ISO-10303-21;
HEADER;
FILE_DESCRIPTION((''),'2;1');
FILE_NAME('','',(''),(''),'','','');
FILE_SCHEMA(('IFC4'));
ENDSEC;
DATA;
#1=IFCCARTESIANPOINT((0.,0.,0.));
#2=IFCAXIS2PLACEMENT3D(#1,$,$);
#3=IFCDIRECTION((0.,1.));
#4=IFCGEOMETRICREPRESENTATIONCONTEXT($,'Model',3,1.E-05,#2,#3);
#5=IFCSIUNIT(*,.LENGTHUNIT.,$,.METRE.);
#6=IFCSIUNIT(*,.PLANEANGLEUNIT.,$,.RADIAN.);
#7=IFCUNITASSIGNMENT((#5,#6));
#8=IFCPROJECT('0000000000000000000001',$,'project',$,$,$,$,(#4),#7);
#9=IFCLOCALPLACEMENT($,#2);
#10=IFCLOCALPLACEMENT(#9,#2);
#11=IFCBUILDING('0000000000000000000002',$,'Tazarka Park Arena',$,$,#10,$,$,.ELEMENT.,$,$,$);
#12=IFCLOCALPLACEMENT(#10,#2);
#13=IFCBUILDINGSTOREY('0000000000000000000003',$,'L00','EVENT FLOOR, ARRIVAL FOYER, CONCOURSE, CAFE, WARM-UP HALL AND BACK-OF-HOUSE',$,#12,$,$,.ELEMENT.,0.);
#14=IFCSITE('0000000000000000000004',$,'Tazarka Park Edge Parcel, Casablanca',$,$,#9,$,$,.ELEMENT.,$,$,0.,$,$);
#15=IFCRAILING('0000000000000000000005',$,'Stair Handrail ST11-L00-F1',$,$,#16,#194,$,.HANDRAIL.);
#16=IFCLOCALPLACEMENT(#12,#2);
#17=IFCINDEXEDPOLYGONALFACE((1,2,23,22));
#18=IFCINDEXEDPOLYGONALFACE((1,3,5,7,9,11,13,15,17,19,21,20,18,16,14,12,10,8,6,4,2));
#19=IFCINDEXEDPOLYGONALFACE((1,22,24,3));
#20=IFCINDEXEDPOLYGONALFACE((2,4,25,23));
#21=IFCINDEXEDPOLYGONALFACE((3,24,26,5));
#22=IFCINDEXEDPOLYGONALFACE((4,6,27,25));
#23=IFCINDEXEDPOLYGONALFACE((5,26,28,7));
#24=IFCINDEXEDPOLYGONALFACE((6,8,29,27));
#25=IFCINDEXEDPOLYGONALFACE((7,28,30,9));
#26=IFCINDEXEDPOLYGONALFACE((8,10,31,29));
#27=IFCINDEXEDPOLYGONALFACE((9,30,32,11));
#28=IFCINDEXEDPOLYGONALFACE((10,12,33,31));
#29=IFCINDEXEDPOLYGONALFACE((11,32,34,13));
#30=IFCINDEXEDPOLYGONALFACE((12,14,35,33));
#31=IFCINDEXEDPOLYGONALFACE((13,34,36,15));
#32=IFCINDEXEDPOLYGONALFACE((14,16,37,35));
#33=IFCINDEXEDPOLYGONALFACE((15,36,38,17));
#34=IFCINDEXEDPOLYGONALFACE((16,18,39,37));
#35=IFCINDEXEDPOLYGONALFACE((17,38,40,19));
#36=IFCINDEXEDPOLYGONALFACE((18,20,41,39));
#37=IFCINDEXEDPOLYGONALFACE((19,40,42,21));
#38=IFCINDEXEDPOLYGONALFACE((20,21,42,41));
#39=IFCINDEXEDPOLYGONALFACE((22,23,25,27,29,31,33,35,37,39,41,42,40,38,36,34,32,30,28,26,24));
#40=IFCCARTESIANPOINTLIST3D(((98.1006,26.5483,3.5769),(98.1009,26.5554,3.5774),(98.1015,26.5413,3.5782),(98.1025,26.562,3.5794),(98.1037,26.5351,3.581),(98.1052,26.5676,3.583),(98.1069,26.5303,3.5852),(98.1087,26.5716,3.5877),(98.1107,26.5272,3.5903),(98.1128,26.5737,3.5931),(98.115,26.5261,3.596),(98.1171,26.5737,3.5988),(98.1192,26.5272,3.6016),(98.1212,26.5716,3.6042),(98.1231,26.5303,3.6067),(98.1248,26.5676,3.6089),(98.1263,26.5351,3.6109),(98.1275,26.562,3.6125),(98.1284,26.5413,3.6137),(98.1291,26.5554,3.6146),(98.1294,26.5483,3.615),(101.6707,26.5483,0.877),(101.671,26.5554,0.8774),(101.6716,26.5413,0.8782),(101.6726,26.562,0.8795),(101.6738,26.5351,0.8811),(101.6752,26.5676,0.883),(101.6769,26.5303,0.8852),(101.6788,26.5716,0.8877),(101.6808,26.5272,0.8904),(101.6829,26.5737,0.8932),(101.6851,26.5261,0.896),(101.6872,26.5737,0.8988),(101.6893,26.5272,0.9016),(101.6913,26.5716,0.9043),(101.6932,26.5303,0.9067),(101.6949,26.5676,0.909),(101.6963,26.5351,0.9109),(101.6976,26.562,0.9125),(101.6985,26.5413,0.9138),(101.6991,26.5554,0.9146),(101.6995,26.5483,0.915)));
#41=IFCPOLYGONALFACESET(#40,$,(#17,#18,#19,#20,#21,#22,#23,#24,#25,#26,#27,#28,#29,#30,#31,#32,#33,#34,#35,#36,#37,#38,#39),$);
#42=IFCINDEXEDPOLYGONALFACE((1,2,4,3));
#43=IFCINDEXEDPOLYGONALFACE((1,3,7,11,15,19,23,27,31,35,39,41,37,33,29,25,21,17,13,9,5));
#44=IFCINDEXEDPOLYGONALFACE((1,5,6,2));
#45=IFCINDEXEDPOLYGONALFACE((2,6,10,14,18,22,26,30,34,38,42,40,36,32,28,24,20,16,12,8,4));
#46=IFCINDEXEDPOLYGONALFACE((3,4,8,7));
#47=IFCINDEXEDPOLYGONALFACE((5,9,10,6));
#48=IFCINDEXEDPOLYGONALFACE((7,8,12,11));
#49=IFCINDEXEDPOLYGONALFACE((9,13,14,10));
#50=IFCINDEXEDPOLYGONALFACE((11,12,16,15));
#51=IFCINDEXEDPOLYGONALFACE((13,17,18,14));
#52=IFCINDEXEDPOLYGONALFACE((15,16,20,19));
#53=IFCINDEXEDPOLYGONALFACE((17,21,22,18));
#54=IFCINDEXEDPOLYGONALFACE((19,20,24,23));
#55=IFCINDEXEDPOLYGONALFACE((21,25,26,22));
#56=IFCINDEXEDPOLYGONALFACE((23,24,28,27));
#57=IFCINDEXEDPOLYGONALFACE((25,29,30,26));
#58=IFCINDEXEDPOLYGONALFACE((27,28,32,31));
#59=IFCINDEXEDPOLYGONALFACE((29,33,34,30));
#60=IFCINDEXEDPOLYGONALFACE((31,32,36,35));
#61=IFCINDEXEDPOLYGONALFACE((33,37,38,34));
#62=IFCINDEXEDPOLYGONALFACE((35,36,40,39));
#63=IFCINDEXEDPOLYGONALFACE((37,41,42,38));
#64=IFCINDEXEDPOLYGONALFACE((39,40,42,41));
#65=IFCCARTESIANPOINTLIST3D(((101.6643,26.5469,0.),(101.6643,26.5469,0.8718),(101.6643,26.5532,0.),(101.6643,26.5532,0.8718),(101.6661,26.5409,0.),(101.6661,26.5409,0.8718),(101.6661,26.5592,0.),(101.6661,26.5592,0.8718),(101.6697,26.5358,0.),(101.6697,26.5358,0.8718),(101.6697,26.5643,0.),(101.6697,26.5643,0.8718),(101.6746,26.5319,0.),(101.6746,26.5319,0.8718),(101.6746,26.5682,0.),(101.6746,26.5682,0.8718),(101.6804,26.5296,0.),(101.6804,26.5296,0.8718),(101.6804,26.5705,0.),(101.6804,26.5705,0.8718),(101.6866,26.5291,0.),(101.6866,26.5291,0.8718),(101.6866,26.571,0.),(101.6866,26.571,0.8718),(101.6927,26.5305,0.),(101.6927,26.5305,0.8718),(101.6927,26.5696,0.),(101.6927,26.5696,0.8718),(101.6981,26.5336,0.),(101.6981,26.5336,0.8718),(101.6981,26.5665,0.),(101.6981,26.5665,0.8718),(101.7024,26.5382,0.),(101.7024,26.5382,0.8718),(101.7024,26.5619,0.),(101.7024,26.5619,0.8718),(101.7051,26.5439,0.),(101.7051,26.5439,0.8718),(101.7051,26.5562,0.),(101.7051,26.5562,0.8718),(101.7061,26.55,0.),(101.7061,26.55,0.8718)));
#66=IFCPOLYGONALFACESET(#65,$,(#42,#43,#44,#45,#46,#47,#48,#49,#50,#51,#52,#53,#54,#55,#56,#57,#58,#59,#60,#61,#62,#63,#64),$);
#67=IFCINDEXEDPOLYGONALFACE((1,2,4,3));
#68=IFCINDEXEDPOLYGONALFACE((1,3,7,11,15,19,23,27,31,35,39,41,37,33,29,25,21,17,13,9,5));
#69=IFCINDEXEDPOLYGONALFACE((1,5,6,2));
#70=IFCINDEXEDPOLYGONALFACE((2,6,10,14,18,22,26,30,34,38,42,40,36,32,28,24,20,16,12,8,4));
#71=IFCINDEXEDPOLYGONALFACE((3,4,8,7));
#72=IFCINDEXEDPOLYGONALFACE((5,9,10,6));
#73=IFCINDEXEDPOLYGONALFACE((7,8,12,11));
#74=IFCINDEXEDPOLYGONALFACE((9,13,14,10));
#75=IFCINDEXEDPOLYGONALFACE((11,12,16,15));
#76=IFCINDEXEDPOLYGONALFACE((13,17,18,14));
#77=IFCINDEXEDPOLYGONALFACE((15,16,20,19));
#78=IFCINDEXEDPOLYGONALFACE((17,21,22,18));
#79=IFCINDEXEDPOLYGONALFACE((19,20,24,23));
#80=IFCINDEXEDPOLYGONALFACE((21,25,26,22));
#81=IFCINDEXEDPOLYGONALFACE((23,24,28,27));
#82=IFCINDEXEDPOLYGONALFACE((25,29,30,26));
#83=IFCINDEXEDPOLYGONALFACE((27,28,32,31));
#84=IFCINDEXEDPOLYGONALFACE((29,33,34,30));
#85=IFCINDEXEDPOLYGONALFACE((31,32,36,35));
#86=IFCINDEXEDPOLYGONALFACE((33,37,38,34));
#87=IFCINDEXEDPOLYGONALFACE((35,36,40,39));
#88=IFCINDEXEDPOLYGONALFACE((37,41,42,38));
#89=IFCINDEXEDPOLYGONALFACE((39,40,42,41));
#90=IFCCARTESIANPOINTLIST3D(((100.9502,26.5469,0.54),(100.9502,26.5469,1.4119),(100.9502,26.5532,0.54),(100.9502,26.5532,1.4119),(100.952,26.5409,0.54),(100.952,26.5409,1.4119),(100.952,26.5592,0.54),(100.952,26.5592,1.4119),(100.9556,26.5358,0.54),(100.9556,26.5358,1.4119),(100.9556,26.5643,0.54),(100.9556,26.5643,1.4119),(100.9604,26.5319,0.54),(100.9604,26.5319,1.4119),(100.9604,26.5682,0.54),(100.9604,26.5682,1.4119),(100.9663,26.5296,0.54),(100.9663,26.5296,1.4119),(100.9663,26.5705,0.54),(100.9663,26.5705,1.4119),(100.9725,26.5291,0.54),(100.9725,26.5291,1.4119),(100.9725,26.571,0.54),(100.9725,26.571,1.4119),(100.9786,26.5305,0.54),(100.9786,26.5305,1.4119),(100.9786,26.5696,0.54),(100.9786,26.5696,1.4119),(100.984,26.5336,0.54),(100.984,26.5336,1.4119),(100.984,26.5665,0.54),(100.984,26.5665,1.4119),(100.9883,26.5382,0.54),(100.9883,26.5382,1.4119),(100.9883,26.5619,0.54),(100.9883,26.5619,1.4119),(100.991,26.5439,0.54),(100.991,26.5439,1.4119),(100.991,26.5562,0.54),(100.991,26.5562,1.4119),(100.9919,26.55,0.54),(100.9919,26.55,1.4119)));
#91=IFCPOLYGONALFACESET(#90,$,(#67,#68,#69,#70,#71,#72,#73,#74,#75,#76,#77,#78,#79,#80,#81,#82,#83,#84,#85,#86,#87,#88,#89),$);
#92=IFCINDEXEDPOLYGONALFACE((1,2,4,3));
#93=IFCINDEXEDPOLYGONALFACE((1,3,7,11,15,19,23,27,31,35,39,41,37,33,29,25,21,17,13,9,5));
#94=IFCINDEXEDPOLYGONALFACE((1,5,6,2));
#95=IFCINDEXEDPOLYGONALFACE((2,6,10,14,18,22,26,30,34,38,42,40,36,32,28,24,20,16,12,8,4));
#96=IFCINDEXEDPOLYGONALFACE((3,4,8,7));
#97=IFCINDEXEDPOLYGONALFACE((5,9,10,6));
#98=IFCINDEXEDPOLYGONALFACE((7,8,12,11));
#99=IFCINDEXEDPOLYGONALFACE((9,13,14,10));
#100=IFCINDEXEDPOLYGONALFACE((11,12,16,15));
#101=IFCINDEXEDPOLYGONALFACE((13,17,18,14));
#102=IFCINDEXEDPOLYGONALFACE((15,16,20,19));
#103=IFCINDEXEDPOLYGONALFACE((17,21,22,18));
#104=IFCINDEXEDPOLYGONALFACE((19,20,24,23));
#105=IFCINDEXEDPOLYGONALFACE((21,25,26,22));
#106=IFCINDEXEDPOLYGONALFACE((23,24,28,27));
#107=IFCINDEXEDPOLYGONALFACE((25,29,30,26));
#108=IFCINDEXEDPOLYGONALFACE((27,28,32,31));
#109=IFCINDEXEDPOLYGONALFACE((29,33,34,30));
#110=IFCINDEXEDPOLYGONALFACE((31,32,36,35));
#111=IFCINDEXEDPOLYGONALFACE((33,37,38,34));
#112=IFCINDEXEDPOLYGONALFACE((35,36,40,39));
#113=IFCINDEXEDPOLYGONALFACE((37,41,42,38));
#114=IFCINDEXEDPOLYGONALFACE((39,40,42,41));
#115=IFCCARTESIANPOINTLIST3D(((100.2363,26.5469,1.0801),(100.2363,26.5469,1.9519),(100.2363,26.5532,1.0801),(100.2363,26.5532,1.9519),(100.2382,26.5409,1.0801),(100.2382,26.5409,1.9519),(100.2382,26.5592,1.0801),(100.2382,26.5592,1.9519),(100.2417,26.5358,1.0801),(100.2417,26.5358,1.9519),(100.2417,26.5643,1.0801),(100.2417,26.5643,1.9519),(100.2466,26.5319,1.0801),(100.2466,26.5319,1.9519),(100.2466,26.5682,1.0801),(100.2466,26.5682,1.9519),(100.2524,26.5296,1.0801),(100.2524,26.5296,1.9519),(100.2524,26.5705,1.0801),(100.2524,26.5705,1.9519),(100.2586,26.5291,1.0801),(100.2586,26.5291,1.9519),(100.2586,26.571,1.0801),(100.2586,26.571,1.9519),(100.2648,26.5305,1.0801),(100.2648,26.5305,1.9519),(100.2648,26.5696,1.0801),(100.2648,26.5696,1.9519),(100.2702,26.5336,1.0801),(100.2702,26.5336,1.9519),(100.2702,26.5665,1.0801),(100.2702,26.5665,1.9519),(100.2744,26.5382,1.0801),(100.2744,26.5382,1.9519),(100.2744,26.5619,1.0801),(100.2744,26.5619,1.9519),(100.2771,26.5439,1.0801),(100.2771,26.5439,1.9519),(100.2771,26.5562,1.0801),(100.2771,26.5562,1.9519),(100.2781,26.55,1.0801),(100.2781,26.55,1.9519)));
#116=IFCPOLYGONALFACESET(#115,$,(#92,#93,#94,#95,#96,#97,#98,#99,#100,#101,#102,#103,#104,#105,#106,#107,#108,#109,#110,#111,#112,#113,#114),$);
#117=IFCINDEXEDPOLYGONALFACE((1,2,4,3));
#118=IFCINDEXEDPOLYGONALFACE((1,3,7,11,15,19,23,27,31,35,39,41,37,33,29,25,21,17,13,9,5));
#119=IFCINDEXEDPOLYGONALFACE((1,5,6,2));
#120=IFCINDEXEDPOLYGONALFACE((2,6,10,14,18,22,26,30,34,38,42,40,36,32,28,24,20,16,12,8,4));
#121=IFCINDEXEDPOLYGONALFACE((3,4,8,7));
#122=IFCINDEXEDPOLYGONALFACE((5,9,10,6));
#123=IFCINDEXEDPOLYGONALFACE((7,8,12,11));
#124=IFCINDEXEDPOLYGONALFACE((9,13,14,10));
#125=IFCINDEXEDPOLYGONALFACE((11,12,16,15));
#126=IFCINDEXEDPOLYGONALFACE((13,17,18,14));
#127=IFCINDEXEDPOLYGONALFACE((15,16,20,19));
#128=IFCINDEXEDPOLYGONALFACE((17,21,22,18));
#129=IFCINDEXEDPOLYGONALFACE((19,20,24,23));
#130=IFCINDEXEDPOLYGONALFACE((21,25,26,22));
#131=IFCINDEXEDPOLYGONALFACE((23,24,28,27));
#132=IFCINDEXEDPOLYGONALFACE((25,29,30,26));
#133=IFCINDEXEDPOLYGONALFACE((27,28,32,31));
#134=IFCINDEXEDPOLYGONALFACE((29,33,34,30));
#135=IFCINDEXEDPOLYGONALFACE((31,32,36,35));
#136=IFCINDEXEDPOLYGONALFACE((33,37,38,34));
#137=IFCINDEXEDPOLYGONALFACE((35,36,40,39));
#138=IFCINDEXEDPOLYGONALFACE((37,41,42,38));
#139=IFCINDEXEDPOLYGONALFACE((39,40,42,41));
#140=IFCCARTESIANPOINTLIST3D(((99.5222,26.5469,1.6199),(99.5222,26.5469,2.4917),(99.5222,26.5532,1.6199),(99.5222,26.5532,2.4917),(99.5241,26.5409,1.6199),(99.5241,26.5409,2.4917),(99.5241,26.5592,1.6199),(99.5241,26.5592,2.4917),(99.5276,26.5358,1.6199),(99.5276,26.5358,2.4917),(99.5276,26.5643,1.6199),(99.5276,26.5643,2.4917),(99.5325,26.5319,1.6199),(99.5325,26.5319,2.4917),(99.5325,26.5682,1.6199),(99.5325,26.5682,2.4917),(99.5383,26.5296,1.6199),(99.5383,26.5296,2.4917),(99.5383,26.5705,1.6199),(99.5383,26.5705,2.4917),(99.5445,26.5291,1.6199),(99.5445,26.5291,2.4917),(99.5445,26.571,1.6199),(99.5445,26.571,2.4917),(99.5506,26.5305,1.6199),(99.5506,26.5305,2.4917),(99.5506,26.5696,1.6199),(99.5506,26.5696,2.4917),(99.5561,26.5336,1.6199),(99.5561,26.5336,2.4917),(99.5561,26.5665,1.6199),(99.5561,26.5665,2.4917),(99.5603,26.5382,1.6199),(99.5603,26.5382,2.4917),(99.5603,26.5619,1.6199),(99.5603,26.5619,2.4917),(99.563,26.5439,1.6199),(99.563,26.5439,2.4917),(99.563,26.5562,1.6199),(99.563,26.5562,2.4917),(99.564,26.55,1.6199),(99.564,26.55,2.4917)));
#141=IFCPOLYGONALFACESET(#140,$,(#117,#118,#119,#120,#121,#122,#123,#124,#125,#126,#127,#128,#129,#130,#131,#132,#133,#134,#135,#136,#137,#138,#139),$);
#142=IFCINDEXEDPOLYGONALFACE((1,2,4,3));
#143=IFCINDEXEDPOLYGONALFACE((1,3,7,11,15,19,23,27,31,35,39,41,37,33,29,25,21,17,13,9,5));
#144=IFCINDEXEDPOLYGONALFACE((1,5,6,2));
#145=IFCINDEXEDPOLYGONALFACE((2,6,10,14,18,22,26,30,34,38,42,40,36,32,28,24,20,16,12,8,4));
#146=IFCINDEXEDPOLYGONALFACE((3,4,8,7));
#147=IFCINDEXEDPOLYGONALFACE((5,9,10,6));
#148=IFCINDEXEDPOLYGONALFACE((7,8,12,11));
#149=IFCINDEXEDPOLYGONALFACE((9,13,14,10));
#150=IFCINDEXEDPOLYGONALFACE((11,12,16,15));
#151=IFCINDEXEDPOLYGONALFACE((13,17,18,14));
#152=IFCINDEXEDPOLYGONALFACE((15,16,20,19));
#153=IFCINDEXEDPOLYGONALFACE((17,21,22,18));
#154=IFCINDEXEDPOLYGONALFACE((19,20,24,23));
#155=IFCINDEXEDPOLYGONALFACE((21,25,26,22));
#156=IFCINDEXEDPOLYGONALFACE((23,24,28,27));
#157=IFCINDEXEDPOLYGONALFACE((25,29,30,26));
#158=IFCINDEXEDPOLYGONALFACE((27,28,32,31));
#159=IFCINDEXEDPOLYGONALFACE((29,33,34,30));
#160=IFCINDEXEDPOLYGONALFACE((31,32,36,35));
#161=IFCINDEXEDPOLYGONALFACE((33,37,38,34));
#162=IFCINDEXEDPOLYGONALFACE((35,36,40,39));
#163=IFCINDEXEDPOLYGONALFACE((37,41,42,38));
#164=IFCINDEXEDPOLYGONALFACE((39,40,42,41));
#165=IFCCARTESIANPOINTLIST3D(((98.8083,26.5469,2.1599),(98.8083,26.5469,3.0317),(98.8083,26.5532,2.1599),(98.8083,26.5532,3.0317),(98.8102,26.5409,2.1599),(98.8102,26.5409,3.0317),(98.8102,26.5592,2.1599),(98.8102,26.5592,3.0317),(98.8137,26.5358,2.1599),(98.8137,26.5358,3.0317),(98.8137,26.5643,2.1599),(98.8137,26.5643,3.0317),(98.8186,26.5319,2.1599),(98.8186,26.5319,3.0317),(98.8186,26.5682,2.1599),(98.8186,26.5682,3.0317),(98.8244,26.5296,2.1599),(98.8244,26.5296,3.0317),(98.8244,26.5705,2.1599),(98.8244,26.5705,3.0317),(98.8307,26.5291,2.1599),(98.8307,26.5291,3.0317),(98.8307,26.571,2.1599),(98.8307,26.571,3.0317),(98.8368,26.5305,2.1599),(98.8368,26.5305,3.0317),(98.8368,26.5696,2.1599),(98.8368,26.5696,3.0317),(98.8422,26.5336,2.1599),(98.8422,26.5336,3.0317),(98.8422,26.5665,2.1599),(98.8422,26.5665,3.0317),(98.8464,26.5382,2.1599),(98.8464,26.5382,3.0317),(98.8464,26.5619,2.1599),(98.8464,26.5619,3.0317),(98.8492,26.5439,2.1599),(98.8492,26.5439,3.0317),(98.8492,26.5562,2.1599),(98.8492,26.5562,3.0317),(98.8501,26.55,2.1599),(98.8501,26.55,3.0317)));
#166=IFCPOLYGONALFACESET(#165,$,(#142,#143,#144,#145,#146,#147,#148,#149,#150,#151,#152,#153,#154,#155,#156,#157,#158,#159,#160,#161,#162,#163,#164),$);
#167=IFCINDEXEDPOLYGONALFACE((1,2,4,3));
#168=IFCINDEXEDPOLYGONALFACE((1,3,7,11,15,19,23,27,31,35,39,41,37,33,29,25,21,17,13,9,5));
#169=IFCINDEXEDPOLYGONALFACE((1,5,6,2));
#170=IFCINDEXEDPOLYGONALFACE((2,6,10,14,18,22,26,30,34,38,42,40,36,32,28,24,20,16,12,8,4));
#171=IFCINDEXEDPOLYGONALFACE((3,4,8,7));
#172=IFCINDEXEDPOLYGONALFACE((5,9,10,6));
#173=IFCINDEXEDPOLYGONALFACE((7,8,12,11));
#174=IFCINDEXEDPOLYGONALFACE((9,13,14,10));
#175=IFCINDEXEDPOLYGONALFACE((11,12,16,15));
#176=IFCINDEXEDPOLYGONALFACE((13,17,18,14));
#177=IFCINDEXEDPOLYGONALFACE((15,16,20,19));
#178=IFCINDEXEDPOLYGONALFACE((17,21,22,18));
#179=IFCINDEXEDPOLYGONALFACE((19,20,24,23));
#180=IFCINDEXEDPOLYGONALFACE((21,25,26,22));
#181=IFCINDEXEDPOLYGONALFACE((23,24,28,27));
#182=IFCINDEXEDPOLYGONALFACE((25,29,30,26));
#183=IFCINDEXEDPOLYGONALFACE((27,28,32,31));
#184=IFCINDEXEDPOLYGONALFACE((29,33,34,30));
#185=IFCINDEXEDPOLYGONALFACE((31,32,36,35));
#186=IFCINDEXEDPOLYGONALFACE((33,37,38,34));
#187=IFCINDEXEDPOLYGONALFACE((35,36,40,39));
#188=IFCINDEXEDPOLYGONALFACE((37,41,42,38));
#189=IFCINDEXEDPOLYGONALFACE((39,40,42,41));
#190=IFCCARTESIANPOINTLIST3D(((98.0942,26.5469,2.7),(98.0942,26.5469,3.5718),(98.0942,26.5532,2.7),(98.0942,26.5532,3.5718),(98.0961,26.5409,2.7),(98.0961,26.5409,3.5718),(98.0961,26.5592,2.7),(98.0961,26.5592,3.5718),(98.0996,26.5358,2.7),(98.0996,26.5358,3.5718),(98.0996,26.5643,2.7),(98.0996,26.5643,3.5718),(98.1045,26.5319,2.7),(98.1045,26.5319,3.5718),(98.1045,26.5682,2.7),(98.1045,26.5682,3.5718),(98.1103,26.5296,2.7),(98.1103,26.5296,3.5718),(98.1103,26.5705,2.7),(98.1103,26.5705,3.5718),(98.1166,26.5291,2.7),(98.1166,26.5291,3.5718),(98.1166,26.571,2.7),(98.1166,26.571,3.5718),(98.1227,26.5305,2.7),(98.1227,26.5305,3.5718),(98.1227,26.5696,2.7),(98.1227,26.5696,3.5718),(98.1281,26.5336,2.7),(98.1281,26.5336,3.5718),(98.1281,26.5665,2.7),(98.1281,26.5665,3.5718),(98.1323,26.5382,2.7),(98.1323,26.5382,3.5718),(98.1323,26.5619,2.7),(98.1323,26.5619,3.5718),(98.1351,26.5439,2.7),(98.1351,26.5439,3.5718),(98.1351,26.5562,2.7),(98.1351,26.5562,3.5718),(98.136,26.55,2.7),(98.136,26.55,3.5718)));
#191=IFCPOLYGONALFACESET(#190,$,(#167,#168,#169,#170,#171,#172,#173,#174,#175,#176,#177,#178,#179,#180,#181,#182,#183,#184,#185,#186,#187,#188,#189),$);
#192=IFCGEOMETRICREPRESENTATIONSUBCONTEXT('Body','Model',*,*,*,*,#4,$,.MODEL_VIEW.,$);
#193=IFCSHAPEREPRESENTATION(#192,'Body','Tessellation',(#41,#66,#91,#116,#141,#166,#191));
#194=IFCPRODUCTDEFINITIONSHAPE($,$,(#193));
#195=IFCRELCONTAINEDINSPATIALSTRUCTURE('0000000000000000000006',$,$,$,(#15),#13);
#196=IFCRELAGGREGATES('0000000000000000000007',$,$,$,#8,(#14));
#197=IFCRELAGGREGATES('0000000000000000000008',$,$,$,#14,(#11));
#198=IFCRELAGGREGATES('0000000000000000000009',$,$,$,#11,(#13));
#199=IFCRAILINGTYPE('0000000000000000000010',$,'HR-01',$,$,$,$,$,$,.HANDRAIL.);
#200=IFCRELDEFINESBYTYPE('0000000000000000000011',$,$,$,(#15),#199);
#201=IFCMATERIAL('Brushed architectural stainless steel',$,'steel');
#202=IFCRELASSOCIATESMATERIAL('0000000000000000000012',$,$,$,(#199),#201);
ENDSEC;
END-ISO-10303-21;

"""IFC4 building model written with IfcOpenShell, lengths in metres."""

from ifc_helpers import new_model, si_unit, direction, frame, origin, origin_2d, place, context, subcontext, project, spatial, circle, extrude, material, type_object, element, save


model = new_model("IFC4")

# Units and contexts
model_context = context("Model", 3, precision=1e-05, world=origin(), true_north=direction((0.0, 1.0)))
body_context = subcontext(model_context, "Body", "Model", "MODEL_VIEW")
ifc_project = project(units=[si_unit("LENGTHUNIT", "METRE"), si_unit("PLANEANGLEUNIT", "RADIAN")], contexts=[model_context])

# Site, building, storey
site_placement = place(None, origin())
site = spatial("IfcSite", under=ifc_project, at=site_placement, Name="Tazarka Park Edge Parcel, Casablanca", CompositionType="ELEMENT", RefElevation=0.0)
building_placement = place(site_placement, origin())
building = spatial("IfcBuilding", under=site, at=building_placement, Name="Tazarka Park Arena", CompositionType="ELEMENT")
storey_placement = place(building_placement, origin())
storey = spatial("IfcBuildingStorey", under=building, at=storey_placement, Name="L00", Description="EVENT FLOOR, ARRIVAL FOYER, CONCOURSE, CAFE, WARM-UP HALL AND BACK-OF-HOUSE", CompositionType="ELEMENT", Elevation=0.0)

# Railing
ifc_material_1 = material(Name="Brushed architectural stainless steel", Category="steel")
railing_type_1 = type_object("IfcRailingType", Name="HR-01", PredefinedType="HANDRAIL", material=ifc_material_1)
railing_1_placement = place(storey_placement, frame((101.6851, 26.55, 0.0)))
element("IfcRailing", 1, at=railing_1_placement, inside=storey, type_object=railing_type_1, Name="Stair Handrail ST11-L00-F1", PredefinedType="HANDRAIL", context=body_context, shape_type="SweptSolid", body=[
    extrude(circle(Radius=0.0239, at=origin_2d()), frame((0.0, 0.0, 0.896), z_axis=(-0.797591, 0.0, 0.603198), x_axis=(0.0, -1.0, 0.0)), (0.0, 0.0, 1.0), 4.4761),
    extrude(circle(Radius=0.021, at=origin_2d()), origin(), (0.0, 0.0, 1.0), 0.8718),
    extrude(circle(Radius=0.021, at=origin_2d()), frame((-0.7141, 0.0, 0.54)), (0.0, 0.0, 1.0), 0.8718),
    extrude(circle(Radius=0.021, at=origin_2d()), frame((-1.428, 0.0, 1.0801)), (0.0, 0.0, 1.0), 0.8718),
    extrude(circle(Radius=0.021, at=origin_2d()), frame((-2.1421, 0.0, 1.6199)), (0.0, 0.0, 1.0), 0.8718),
    extrude(circle(Radius=0.021, at=origin_2d()), frame((-2.856, 0.0, 2.1599)), (0.0, 0.0, 1.0), 0.8718),
    extrude(circle(Radius=0.021, at=origin_2d()), frame((-3.5701, 0.0, 2.7)), (0.0, 0.0, 1.0), 0.8718),
])

save(model, "model.ifc")
